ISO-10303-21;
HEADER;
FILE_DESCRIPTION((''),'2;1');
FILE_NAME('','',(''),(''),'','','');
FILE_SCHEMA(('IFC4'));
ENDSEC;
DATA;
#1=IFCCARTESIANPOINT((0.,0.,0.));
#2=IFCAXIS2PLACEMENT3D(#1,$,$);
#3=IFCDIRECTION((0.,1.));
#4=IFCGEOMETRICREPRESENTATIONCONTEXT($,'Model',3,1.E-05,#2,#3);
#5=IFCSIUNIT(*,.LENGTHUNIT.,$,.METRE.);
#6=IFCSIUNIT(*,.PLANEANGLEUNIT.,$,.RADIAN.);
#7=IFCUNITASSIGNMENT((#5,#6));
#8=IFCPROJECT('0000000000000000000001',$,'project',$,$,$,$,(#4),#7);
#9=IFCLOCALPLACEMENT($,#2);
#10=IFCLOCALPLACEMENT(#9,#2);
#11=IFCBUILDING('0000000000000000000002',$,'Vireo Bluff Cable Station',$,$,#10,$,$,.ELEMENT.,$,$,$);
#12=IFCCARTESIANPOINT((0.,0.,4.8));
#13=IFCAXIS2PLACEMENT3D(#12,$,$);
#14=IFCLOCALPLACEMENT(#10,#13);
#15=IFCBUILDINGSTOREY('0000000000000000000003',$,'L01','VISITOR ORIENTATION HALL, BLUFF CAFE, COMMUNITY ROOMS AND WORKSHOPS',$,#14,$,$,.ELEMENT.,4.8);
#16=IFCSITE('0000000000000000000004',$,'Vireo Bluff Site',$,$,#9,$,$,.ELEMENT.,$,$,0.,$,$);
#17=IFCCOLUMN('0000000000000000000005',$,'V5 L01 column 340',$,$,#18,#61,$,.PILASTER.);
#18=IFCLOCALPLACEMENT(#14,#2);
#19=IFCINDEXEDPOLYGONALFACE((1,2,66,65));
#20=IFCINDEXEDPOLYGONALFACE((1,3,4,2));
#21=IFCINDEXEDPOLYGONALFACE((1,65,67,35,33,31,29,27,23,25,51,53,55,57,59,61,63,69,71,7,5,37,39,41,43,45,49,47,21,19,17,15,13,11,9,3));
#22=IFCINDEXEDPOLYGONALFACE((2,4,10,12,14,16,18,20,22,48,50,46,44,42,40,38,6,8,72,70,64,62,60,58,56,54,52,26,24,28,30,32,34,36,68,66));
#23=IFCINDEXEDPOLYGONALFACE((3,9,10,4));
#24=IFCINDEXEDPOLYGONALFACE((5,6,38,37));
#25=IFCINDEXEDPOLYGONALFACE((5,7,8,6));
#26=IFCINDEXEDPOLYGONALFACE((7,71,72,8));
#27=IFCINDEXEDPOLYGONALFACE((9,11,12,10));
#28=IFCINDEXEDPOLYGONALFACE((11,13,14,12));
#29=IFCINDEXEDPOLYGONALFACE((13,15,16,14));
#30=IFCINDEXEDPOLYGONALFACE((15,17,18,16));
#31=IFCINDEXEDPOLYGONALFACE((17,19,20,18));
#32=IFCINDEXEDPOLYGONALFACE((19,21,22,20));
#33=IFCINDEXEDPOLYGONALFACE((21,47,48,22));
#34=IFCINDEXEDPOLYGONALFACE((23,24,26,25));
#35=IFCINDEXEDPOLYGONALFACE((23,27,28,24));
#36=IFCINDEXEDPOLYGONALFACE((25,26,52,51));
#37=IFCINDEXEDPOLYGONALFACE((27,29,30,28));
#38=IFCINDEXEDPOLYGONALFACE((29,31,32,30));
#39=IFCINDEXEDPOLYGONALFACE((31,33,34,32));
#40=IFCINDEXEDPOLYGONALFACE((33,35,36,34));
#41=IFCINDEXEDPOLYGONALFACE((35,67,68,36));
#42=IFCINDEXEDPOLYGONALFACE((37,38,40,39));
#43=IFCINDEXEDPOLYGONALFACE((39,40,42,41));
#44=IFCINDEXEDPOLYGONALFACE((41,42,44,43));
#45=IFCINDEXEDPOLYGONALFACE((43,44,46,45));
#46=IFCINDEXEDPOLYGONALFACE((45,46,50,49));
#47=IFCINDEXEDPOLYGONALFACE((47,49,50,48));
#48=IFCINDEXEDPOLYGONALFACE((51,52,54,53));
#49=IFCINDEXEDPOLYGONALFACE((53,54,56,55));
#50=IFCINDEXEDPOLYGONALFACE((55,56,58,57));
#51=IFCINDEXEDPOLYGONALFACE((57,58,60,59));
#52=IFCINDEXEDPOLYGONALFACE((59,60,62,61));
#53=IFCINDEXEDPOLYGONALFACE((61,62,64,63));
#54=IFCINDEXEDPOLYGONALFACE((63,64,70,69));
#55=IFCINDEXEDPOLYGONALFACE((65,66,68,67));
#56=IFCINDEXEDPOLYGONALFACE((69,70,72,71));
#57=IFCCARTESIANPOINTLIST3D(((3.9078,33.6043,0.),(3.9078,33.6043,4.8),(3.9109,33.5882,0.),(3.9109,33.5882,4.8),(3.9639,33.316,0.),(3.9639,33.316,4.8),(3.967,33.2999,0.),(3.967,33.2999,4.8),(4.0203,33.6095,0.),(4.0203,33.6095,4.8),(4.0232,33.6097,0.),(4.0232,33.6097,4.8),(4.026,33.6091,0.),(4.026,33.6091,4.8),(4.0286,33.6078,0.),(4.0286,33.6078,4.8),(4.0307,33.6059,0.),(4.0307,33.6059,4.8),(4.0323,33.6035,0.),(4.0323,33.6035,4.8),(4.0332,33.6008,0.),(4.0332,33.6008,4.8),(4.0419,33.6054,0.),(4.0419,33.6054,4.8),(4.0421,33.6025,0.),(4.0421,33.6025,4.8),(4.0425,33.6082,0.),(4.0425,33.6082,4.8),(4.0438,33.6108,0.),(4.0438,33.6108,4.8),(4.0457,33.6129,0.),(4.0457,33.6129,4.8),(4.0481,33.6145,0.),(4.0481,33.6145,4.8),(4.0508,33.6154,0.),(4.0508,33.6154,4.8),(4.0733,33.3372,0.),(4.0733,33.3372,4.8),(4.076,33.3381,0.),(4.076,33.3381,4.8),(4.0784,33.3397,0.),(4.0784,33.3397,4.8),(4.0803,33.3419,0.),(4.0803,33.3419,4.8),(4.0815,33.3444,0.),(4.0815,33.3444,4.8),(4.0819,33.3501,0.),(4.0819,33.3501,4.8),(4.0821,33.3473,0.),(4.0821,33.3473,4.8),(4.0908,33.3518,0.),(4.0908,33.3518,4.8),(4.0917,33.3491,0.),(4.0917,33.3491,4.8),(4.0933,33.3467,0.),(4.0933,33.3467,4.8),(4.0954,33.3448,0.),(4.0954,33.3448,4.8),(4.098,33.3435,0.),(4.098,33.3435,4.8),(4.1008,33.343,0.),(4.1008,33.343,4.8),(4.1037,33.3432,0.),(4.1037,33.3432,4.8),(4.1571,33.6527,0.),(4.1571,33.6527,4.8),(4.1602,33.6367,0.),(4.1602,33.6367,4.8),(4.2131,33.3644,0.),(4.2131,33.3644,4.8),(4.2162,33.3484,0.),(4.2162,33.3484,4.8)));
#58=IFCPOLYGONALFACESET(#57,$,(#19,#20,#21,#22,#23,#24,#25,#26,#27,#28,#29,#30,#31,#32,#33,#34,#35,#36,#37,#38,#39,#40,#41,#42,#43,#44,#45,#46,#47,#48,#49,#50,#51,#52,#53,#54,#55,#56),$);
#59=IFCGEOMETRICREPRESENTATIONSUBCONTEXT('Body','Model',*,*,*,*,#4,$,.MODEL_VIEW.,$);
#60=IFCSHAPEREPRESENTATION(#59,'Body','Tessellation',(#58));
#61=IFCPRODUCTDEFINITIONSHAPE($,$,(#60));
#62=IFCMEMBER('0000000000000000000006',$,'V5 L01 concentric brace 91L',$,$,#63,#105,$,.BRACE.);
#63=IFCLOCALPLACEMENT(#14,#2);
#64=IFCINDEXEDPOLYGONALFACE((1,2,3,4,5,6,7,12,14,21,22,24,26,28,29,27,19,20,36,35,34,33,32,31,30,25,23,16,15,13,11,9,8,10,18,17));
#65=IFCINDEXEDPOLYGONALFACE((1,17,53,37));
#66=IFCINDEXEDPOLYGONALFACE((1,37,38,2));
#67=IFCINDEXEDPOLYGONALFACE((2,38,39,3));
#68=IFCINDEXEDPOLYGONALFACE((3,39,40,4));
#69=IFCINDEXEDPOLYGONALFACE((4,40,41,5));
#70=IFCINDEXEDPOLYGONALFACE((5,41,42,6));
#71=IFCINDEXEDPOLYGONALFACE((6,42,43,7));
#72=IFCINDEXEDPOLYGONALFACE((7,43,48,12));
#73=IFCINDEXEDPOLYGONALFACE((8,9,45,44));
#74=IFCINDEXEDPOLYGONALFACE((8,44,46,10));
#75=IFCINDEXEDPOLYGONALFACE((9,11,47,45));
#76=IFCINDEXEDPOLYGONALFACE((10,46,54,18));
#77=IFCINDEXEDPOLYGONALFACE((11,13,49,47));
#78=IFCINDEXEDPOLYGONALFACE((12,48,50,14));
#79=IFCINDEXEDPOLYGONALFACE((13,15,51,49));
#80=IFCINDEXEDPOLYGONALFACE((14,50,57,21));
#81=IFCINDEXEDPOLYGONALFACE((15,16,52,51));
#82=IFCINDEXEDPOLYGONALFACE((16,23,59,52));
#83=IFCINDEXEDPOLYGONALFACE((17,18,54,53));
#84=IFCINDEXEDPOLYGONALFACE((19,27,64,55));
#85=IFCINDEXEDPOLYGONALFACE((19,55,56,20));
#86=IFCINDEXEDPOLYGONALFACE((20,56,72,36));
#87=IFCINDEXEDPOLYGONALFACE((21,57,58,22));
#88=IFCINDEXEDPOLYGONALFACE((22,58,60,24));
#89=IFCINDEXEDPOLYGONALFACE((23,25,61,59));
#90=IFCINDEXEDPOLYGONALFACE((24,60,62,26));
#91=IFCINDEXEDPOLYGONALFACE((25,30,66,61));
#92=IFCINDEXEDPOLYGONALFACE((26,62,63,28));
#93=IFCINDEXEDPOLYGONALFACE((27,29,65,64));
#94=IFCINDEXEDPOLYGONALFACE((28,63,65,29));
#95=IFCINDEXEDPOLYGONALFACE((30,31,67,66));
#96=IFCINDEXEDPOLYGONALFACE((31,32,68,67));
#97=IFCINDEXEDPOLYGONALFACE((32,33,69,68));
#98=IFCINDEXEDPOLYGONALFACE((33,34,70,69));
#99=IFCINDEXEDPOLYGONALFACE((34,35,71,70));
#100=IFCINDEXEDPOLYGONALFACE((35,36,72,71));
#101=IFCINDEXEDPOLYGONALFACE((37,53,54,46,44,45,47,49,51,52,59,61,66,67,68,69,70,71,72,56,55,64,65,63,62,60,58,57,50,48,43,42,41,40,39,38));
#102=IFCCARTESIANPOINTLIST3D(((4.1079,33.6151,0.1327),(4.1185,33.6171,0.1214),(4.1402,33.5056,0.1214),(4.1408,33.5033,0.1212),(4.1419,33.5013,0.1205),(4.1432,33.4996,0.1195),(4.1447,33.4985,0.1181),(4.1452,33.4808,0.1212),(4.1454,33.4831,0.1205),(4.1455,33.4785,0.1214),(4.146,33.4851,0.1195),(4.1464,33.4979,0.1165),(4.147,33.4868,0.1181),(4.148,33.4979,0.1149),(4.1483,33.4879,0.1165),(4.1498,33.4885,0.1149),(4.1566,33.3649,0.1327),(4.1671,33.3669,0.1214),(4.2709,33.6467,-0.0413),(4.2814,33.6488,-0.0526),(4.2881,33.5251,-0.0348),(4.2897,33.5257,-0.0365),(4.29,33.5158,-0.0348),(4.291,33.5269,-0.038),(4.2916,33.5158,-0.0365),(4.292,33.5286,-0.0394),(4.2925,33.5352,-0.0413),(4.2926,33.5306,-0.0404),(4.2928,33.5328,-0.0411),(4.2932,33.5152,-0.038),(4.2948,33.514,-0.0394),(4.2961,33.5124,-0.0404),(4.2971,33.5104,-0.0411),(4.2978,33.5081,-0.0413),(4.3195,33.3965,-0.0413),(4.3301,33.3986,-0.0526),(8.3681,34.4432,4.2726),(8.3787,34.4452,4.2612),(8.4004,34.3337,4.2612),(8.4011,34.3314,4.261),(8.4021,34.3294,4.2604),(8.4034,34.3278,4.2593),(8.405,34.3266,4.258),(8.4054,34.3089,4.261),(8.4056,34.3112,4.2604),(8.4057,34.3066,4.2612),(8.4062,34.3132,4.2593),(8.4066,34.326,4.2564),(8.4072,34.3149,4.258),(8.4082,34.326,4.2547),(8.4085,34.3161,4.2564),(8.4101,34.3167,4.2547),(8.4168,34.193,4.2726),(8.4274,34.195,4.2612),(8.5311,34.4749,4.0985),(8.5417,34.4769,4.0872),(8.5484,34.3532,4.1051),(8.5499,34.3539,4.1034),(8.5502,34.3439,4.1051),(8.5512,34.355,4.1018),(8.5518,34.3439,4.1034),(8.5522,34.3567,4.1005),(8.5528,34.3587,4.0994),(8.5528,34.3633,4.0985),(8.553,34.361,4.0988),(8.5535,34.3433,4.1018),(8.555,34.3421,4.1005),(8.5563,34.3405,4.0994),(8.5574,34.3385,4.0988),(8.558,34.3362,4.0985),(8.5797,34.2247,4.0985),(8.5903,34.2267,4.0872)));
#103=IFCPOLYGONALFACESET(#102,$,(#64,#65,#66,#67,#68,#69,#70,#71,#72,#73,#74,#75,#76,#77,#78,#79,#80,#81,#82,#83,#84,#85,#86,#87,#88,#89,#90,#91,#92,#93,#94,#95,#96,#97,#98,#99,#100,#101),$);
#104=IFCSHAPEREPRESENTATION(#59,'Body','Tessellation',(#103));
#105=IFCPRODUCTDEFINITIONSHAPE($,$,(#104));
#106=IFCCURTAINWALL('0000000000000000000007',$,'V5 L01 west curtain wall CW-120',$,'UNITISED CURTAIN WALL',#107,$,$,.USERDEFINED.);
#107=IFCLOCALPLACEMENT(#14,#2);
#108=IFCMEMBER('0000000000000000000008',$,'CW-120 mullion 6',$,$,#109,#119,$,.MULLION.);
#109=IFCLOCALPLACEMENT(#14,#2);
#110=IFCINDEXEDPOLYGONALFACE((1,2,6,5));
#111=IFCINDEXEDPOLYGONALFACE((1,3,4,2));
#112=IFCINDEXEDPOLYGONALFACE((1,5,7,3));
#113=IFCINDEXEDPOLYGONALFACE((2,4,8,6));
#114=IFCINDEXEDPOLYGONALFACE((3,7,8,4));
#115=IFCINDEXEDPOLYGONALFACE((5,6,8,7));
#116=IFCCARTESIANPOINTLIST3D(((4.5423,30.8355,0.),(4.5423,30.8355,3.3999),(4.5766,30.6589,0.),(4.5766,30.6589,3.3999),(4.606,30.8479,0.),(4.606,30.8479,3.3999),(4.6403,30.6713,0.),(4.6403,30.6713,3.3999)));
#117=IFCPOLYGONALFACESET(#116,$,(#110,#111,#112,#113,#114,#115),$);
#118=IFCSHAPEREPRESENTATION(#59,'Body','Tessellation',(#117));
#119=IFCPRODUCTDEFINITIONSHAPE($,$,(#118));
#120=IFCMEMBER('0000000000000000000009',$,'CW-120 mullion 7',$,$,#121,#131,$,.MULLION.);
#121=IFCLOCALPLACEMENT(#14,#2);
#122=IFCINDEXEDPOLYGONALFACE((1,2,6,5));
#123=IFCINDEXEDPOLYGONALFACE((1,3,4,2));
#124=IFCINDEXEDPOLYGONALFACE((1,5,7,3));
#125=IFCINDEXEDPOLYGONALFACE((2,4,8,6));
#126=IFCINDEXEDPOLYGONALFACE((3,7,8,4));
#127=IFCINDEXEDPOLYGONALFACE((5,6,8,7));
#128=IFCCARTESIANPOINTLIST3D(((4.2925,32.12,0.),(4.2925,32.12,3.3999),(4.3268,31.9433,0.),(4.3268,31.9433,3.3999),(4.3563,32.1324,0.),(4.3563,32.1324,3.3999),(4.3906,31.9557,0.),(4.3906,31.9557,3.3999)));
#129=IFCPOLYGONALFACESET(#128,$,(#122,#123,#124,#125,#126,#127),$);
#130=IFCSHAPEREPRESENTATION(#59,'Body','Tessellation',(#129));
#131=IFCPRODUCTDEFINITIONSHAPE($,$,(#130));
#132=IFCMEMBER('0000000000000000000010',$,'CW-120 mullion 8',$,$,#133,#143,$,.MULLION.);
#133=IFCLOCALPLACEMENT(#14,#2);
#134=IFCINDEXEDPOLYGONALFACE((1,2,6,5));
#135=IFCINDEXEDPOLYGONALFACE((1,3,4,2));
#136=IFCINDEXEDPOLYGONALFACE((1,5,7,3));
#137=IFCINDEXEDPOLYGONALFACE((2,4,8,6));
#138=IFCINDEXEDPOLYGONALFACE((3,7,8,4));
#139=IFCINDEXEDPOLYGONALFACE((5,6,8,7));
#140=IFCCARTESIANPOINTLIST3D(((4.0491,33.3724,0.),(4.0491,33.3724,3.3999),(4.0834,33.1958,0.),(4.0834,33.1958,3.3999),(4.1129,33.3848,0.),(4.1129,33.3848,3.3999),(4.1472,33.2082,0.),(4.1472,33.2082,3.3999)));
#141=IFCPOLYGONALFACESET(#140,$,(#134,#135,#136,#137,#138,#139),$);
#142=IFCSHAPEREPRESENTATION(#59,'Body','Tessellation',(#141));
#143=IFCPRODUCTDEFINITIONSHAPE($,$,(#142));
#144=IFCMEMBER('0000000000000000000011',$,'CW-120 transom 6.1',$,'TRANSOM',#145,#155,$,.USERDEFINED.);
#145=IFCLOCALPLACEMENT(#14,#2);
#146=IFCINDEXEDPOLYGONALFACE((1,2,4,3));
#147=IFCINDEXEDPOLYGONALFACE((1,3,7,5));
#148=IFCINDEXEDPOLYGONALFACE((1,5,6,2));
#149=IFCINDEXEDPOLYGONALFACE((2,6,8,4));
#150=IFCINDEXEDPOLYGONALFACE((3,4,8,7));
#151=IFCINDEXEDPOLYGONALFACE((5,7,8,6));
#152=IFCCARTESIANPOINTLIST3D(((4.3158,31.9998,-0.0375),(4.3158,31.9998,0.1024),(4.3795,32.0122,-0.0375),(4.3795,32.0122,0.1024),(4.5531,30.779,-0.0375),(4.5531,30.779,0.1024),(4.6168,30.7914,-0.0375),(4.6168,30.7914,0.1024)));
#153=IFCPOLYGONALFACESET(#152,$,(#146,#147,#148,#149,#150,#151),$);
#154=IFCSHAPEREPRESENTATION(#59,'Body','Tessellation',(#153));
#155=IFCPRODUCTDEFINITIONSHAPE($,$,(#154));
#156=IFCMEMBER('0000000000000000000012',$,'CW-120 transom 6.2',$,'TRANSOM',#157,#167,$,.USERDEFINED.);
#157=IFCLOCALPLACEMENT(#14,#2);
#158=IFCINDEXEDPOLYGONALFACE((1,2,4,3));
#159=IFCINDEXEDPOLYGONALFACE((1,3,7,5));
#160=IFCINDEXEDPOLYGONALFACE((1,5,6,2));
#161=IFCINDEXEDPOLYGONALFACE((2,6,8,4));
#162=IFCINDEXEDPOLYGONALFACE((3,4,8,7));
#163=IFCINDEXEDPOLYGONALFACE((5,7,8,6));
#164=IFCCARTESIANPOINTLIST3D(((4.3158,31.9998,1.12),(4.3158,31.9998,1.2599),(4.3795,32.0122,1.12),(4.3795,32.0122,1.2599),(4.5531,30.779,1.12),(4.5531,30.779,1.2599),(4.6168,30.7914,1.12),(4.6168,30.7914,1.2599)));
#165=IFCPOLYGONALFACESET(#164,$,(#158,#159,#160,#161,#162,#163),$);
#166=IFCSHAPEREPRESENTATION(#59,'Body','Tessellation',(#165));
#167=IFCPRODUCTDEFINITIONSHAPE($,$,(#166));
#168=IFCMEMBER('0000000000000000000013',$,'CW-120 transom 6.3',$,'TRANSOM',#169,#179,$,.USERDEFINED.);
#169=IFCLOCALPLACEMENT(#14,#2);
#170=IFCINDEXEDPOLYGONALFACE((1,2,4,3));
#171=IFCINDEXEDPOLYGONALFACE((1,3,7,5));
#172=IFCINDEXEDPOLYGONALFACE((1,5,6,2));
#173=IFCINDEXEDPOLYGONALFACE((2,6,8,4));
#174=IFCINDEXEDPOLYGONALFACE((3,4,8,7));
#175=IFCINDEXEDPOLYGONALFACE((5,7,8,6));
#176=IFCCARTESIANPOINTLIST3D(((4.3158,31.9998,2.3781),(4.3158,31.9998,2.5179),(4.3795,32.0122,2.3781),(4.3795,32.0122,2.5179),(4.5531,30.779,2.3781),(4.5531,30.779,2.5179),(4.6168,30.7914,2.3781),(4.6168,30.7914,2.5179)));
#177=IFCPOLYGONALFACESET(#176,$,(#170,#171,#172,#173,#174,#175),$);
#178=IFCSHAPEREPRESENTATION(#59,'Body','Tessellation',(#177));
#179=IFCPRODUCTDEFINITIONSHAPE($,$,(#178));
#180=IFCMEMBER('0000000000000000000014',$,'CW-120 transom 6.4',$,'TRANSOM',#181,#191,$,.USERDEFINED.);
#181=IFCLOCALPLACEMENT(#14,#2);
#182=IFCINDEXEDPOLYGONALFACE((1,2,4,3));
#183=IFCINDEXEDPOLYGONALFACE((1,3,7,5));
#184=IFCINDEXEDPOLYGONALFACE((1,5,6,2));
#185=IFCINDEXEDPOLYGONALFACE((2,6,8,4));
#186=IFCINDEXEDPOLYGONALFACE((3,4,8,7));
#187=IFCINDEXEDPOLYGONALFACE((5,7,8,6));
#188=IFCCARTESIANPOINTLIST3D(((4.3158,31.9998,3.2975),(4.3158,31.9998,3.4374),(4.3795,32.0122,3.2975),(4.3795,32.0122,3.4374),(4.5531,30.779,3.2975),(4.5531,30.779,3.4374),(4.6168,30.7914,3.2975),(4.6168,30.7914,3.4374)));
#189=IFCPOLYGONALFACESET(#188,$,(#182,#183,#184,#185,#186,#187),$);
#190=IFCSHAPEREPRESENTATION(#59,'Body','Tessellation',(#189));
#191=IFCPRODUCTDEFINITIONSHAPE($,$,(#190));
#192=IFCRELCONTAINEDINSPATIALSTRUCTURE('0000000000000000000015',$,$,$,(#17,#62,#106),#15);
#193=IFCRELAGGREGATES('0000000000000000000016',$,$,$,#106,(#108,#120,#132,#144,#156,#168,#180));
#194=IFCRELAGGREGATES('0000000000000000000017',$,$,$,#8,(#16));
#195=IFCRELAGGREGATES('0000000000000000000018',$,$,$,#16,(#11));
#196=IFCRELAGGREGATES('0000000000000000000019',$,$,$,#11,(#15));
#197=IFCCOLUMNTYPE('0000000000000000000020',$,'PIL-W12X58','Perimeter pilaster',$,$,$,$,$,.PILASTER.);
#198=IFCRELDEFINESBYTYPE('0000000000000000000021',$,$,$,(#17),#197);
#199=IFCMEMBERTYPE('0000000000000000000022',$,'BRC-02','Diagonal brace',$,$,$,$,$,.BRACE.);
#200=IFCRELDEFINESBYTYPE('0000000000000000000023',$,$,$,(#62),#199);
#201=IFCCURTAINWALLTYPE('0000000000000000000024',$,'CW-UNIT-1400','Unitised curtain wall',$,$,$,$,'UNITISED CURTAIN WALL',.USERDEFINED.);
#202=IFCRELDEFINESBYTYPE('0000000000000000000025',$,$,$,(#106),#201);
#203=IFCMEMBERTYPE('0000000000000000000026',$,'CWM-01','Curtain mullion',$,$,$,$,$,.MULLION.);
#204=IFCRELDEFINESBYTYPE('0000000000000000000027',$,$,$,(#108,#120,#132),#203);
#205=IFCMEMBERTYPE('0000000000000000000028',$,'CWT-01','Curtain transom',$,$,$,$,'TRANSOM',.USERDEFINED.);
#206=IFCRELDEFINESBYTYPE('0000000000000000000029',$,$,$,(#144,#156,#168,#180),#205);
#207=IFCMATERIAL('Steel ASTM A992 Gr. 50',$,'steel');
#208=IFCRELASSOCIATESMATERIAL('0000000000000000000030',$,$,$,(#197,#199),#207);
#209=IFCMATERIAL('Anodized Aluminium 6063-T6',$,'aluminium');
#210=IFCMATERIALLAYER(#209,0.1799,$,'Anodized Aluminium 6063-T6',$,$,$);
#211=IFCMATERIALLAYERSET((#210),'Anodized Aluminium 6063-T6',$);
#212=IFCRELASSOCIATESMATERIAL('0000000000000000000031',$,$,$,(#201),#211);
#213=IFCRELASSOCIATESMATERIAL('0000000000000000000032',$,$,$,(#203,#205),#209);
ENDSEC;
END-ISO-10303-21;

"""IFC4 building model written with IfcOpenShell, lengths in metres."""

from ifc_helpers import new_model, si_unit, direction, frame, origin, origin_2d, place, context, subcontext, project, spatial, rectangle, i_section, extrude, material, layer, layer_set, material_profile, profile_set, type_object, element, aggregate, save


model = new_model("IFC4")

# Units and contexts
model_context = context("Model", 3, precision=1e-05, world=origin(), true_north=direction((0.0, 1.0)))
body_context = subcontext(model_context, "Body", "Model", "MODEL_VIEW")
ifc_project = project(units=[si_unit("LENGTHUNIT", "METRE"), si_unit("PLANEANGLEUNIT", "RADIAN")], contexts=[model_context])

# Site, building, storey
site_placement = place(None, origin())
site = spatial("IfcSite", under=ifc_project, at=site_placement, Name="Vireo Bluff Site", CompositionType="ELEMENT", RefElevation=0.0)
building_placement = place(site_placement, origin())
building = spatial("IfcBuilding", under=site, at=building_placement, Name="Vireo Bluff Cable Station", CompositionType="ELEMENT")
storey_placement = place(building_placement, frame((0.0, 0.0, 4.8)))
storey = spatial("IfcBuildingStorey", under=building, at=storey_placement, Name="L01", Description="VISITOR ORIENTATION HALL, BLUFF CAFE, COMMUNITY ROOMS AND WORKSHOPS", CompositionType="ELEMENT", Elevation=4.8)

# Column
ifc_material_1 = material(Name="Steel ASTM A992 Gr. 50", Category="steel")
ifc_material_profile_1 = material_profile(ifc_material_1, i_section(OverallWidth=0.2539, OverallDepth=0.3101, WebThickness=0.009, FlangeThickness=0.0164, FilletRadius=0.011, at=origin_2d()), Name="W12X58")
ifc_profile_set_1 = profile_set([ifc_material_profile_1], Name="Steel ASTM A992 Gr. 50")
column_type = type_object("IfcColumnType", Name="PIL-W12X58", Description="Perimeter pilaster", PredefinedType="PILASTER", material=ifc_profile_set_1)
column_placement = place(storey_placement, frame((4.062, 33.4763, 0.0), z_axis=(0.0, 0.0, 1.0), x_axis=(0.981627, 0.190809, 0.0)))
element("IfcColumn", 1, at=column_placement, inside=storey, type_object=column_type, Name="V5 L01 column 340", PredefinedType="PILASTER", context=body_context, shape_type="SweptSolid", body=[
    extrude(i_section(OverallWidth=0.2539, OverallDepth=0.3101, WebThickness=0.009, FlangeThickness=0.0164, FilletRadius=0.011, at=origin_2d()), origin(), (0.0, 0.0, 1.0), 4.8),
])

# Member
ifc_material_profile_2 = material_profile(ifc_material_1, i_section(OverallWidth=0.2549, OverallDepth=0.2561, WebThickness=0.0095, FlangeThickness=0.0156, FilletRadius=0.009, at=origin_2d()), Name="W10X54")
ifc_profile_set_2 = profile_set([ifc_material_profile_2], Name="Steel ASTM A992 Gr. 50")
member_type_1 = type_object("IfcMemberType", Name="BRC-02", Description="Diagonal brace", PredefinedType="BRACE", material=ifc_profile_set_2)
member_1_placement = place(storey_placement, frame((4.219, 33.5068, 0.04), z_axis=(0.710296, 0.13807, 0.690229), x_axis=(-0.190812, 0.981627, 0.0)))
element("IfcMember", 2, at=member_1_placement, inside=storey, type_object=member_type_1, Name="V5 L01 concentric brace 91L", PredefinedType="BRACE", context=body_context, shape_type="SweptSolid", body=[
    extrude(i_section(OverallWidth=0.2549, OverallDepth=0.2561, WebThickness=0.0095, FlangeThickness=0.0156, FilletRadius=0.009, at=origin_2d()), origin(), (0.0, 0.0, 1.0), 5.9978),
])

# Curtain wall, members
ifc_material_2 = material(Name="Anodized Aluminium 6063-T6", Category="aluminium")
ifc_layer_1 = layer(ifc_material_2, 0.1799, Name="Anodized Aluminium 6063-T6")
ifc_layer_set_1 = layer_set([ifc_layer_1], Name="Anodized Aluminium 6063-T6")
curtain_wall_type = type_object("IfcCurtainWallType", Name="CW-UNIT-1400", Description="Unitised curtain wall", ElementType="UNITISED CURTAIN WALL", PredefinedType="USERDEFINED", material=ifc_layer_set_1)
curtain_wall_placement = place(storey_placement, origin())
curtain_wall = element("IfcCurtainWall", 3, at=curtain_wall_placement, inside=storey, type_object=curtain_wall_type, Name="V5 L01 west curtain wall CW-120", ObjectType="UNITISED CURTAIN WALL", PredefinedType="USERDEFINED")
ifc_material_profile_3 = material_profile(ifc_material_2, rectangle(XDim=0.0649, YDim=0.1799, at=origin_2d()), Name="ALU-M-65X180")
ifc_profile_set_3 = profile_set([ifc_material_profile_3], Name="Anodized Aluminium 6063-T6")
member_type_2 = type_object("IfcMemberType", Name="CWM-01", Description="Curtain mullion", PredefinedType="MULLION", material=ifc_profile_set_3)
member_2_placement = place(storey_placement, frame((4.5913, 30.7534, 0.0), z_axis=(0.0, 0.0, 1.0), x_axis=(-0.981627, -0.190809, 0.0)))
member_2 = element("IfcMember", 4, at=member_2_placement, type_object=member_type_2, Name="CW-120 mullion 6", PredefinedType="MULLION", context=body_context, shape_type="SweptSolid", body=[
    extrude(rectangle(XDim=0.0649, YDim=0.1799, at=origin_2d()), origin(), (0.0, 0.0, 1.0), 3.3999),
])
member_3_placement = place(storey_placement, frame((4.3416, 32.0378, 0.0), z_axis=(0.0, 0.0, 1.0), x_axis=(-0.981627, -0.190809, 0.0)))
member_3 = element("IfcMember", 5, at=member_3_placement, type_object=member_type_2, Name="CW-120 mullion 7", PredefinedType="MULLION", context=body_context, shape_type="SweptSolid", body=[
    extrude(rectangle(XDim=0.0649, YDim=0.1799, at=origin_2d()), origin(), (0.0, 0.0, 1.0), 3.3999),
])
member_4_placement = place(storey_placement, frame((4.0981, 33.2903, 0.0), z_axis=(0.0, 0.0, 1.0), x_axis=(-0.981627, -0.190809, 0.0)))
member_4 = element("IfcMember", 6, at=member_4_placement, type_object=member_type_2, Name="CW-120 mullion 8", PredefinedType="MULLION", context=body_context, shape_type="SweptSolid", body=[
    extrude(rectangle(XDim=0.0649, YDim=0.1799, at=origin_2d()), origin(), (0.0, 0.0, 1.0), 3.3999),
])
ifc_material_profile_4 = material_profile(ifc_material_2, rectangle(XDim=0.0649, YDim=0.1399, at=origin_2d()), Name="ALU-T-65X140")
ifc_profile_set_4 = profile_set([ifc_material_profile_4], Name="Anodized Aluminium 6063-T6")
member_type_3 = type_object("IfcMemberType", Name="CWT-01", Description="Curtain transom", ElementType="TRANSOM", PredefinedType="USERDEFINED", material=ifc_profile_set_4)
member_5_placement = place(storey_placement, frame((4.585, 30.7852, 0.0325), z_axis=(-0.190828, 0.981624, 0.0), x_axis=(-0.981624, -0.190828, 0.0)))
member_5 = element("IfcMember", 7, at=member_5_placement, type_object=member_type_3, Name="CW-120 transom 6.1", ObjectType="TRANSOM", PredefinedType="USERDEFINED", context=body_context, shape_type="SweptSolid", body=[
    extrude(rectangle(XDim=0.0649, YDim=0.1399, at=origin_2d()), origin(), (0.0, 0.0, 1.0), 1.2437),
])
member_6_placement = place(storey_placement, frame((4.585, 30.7852, 1.1899), z_axis=(-0.190828, 0.981624, 0.0), x_axis=(-0.981624, -0.190828, 0.0)))
member_6 = element("IfcMember", 8, at=member_6_placement, type_object=member_type_3, Name="CW-120 transom 6.2", ObjectType="TRANSOM", PredefinedType="USERDEFINED", context=body_context, shape_type="SweptSolid", body=[
    extrude(rectangle(XDim=0.0649, YDim=0.1399, at=origin_2d()), origin(), (0.0, 0.0, 1.0), 1.2437),
])
member_7_placement = place(storey_placement, frame((4.585, 30.7852, 2.448), z_axis=(-0.190828, 0.981624, 0.0), x_axis=(-0.981624, -0.190828, 0.0)))
member_7 = element("IfcMember", 9, at=member_7_placement, type_object=member_type_3, Name="CW-120 transom 6.3", ObjectType="TRANSOM", PredefinedType="USERDEFINED", context=body_context, shape_type="SweptSolid", body=[
    extrude(rectangle(XDim=0.0649, YDim=0.1399, at=origin_2d()), origin(), (0.0, 0.0, 1.0), 1.2437),
])
member_8_placement = place(storey_placement, frame((4.585, 30.7852, 3.3674), z_axis=(-0.190828, 0.981624, 0.0), x_axis=(-0.981624, -0.190828, 0.0)))
member_8 = element("IfcMember", 10, at=member_8_placement, type_object=member_type_3, Name="CW-120 transom 6.4", ObjectType="TRANSOM", PredefinedType="USERDEFINED", context=body_context, shape_type="SweptSolid", body=[
    extrude(rectangle(XDim=0.0649, YDim=0.1399, at=origin_2d()), origin(), (0.0, 0.0, 1.0), 1.2437),
])
aggregate(curtain_wall, [member_2, member_3, member_4, member_5, member_6, member_7, member_8])

save(model, "model.ifc")
